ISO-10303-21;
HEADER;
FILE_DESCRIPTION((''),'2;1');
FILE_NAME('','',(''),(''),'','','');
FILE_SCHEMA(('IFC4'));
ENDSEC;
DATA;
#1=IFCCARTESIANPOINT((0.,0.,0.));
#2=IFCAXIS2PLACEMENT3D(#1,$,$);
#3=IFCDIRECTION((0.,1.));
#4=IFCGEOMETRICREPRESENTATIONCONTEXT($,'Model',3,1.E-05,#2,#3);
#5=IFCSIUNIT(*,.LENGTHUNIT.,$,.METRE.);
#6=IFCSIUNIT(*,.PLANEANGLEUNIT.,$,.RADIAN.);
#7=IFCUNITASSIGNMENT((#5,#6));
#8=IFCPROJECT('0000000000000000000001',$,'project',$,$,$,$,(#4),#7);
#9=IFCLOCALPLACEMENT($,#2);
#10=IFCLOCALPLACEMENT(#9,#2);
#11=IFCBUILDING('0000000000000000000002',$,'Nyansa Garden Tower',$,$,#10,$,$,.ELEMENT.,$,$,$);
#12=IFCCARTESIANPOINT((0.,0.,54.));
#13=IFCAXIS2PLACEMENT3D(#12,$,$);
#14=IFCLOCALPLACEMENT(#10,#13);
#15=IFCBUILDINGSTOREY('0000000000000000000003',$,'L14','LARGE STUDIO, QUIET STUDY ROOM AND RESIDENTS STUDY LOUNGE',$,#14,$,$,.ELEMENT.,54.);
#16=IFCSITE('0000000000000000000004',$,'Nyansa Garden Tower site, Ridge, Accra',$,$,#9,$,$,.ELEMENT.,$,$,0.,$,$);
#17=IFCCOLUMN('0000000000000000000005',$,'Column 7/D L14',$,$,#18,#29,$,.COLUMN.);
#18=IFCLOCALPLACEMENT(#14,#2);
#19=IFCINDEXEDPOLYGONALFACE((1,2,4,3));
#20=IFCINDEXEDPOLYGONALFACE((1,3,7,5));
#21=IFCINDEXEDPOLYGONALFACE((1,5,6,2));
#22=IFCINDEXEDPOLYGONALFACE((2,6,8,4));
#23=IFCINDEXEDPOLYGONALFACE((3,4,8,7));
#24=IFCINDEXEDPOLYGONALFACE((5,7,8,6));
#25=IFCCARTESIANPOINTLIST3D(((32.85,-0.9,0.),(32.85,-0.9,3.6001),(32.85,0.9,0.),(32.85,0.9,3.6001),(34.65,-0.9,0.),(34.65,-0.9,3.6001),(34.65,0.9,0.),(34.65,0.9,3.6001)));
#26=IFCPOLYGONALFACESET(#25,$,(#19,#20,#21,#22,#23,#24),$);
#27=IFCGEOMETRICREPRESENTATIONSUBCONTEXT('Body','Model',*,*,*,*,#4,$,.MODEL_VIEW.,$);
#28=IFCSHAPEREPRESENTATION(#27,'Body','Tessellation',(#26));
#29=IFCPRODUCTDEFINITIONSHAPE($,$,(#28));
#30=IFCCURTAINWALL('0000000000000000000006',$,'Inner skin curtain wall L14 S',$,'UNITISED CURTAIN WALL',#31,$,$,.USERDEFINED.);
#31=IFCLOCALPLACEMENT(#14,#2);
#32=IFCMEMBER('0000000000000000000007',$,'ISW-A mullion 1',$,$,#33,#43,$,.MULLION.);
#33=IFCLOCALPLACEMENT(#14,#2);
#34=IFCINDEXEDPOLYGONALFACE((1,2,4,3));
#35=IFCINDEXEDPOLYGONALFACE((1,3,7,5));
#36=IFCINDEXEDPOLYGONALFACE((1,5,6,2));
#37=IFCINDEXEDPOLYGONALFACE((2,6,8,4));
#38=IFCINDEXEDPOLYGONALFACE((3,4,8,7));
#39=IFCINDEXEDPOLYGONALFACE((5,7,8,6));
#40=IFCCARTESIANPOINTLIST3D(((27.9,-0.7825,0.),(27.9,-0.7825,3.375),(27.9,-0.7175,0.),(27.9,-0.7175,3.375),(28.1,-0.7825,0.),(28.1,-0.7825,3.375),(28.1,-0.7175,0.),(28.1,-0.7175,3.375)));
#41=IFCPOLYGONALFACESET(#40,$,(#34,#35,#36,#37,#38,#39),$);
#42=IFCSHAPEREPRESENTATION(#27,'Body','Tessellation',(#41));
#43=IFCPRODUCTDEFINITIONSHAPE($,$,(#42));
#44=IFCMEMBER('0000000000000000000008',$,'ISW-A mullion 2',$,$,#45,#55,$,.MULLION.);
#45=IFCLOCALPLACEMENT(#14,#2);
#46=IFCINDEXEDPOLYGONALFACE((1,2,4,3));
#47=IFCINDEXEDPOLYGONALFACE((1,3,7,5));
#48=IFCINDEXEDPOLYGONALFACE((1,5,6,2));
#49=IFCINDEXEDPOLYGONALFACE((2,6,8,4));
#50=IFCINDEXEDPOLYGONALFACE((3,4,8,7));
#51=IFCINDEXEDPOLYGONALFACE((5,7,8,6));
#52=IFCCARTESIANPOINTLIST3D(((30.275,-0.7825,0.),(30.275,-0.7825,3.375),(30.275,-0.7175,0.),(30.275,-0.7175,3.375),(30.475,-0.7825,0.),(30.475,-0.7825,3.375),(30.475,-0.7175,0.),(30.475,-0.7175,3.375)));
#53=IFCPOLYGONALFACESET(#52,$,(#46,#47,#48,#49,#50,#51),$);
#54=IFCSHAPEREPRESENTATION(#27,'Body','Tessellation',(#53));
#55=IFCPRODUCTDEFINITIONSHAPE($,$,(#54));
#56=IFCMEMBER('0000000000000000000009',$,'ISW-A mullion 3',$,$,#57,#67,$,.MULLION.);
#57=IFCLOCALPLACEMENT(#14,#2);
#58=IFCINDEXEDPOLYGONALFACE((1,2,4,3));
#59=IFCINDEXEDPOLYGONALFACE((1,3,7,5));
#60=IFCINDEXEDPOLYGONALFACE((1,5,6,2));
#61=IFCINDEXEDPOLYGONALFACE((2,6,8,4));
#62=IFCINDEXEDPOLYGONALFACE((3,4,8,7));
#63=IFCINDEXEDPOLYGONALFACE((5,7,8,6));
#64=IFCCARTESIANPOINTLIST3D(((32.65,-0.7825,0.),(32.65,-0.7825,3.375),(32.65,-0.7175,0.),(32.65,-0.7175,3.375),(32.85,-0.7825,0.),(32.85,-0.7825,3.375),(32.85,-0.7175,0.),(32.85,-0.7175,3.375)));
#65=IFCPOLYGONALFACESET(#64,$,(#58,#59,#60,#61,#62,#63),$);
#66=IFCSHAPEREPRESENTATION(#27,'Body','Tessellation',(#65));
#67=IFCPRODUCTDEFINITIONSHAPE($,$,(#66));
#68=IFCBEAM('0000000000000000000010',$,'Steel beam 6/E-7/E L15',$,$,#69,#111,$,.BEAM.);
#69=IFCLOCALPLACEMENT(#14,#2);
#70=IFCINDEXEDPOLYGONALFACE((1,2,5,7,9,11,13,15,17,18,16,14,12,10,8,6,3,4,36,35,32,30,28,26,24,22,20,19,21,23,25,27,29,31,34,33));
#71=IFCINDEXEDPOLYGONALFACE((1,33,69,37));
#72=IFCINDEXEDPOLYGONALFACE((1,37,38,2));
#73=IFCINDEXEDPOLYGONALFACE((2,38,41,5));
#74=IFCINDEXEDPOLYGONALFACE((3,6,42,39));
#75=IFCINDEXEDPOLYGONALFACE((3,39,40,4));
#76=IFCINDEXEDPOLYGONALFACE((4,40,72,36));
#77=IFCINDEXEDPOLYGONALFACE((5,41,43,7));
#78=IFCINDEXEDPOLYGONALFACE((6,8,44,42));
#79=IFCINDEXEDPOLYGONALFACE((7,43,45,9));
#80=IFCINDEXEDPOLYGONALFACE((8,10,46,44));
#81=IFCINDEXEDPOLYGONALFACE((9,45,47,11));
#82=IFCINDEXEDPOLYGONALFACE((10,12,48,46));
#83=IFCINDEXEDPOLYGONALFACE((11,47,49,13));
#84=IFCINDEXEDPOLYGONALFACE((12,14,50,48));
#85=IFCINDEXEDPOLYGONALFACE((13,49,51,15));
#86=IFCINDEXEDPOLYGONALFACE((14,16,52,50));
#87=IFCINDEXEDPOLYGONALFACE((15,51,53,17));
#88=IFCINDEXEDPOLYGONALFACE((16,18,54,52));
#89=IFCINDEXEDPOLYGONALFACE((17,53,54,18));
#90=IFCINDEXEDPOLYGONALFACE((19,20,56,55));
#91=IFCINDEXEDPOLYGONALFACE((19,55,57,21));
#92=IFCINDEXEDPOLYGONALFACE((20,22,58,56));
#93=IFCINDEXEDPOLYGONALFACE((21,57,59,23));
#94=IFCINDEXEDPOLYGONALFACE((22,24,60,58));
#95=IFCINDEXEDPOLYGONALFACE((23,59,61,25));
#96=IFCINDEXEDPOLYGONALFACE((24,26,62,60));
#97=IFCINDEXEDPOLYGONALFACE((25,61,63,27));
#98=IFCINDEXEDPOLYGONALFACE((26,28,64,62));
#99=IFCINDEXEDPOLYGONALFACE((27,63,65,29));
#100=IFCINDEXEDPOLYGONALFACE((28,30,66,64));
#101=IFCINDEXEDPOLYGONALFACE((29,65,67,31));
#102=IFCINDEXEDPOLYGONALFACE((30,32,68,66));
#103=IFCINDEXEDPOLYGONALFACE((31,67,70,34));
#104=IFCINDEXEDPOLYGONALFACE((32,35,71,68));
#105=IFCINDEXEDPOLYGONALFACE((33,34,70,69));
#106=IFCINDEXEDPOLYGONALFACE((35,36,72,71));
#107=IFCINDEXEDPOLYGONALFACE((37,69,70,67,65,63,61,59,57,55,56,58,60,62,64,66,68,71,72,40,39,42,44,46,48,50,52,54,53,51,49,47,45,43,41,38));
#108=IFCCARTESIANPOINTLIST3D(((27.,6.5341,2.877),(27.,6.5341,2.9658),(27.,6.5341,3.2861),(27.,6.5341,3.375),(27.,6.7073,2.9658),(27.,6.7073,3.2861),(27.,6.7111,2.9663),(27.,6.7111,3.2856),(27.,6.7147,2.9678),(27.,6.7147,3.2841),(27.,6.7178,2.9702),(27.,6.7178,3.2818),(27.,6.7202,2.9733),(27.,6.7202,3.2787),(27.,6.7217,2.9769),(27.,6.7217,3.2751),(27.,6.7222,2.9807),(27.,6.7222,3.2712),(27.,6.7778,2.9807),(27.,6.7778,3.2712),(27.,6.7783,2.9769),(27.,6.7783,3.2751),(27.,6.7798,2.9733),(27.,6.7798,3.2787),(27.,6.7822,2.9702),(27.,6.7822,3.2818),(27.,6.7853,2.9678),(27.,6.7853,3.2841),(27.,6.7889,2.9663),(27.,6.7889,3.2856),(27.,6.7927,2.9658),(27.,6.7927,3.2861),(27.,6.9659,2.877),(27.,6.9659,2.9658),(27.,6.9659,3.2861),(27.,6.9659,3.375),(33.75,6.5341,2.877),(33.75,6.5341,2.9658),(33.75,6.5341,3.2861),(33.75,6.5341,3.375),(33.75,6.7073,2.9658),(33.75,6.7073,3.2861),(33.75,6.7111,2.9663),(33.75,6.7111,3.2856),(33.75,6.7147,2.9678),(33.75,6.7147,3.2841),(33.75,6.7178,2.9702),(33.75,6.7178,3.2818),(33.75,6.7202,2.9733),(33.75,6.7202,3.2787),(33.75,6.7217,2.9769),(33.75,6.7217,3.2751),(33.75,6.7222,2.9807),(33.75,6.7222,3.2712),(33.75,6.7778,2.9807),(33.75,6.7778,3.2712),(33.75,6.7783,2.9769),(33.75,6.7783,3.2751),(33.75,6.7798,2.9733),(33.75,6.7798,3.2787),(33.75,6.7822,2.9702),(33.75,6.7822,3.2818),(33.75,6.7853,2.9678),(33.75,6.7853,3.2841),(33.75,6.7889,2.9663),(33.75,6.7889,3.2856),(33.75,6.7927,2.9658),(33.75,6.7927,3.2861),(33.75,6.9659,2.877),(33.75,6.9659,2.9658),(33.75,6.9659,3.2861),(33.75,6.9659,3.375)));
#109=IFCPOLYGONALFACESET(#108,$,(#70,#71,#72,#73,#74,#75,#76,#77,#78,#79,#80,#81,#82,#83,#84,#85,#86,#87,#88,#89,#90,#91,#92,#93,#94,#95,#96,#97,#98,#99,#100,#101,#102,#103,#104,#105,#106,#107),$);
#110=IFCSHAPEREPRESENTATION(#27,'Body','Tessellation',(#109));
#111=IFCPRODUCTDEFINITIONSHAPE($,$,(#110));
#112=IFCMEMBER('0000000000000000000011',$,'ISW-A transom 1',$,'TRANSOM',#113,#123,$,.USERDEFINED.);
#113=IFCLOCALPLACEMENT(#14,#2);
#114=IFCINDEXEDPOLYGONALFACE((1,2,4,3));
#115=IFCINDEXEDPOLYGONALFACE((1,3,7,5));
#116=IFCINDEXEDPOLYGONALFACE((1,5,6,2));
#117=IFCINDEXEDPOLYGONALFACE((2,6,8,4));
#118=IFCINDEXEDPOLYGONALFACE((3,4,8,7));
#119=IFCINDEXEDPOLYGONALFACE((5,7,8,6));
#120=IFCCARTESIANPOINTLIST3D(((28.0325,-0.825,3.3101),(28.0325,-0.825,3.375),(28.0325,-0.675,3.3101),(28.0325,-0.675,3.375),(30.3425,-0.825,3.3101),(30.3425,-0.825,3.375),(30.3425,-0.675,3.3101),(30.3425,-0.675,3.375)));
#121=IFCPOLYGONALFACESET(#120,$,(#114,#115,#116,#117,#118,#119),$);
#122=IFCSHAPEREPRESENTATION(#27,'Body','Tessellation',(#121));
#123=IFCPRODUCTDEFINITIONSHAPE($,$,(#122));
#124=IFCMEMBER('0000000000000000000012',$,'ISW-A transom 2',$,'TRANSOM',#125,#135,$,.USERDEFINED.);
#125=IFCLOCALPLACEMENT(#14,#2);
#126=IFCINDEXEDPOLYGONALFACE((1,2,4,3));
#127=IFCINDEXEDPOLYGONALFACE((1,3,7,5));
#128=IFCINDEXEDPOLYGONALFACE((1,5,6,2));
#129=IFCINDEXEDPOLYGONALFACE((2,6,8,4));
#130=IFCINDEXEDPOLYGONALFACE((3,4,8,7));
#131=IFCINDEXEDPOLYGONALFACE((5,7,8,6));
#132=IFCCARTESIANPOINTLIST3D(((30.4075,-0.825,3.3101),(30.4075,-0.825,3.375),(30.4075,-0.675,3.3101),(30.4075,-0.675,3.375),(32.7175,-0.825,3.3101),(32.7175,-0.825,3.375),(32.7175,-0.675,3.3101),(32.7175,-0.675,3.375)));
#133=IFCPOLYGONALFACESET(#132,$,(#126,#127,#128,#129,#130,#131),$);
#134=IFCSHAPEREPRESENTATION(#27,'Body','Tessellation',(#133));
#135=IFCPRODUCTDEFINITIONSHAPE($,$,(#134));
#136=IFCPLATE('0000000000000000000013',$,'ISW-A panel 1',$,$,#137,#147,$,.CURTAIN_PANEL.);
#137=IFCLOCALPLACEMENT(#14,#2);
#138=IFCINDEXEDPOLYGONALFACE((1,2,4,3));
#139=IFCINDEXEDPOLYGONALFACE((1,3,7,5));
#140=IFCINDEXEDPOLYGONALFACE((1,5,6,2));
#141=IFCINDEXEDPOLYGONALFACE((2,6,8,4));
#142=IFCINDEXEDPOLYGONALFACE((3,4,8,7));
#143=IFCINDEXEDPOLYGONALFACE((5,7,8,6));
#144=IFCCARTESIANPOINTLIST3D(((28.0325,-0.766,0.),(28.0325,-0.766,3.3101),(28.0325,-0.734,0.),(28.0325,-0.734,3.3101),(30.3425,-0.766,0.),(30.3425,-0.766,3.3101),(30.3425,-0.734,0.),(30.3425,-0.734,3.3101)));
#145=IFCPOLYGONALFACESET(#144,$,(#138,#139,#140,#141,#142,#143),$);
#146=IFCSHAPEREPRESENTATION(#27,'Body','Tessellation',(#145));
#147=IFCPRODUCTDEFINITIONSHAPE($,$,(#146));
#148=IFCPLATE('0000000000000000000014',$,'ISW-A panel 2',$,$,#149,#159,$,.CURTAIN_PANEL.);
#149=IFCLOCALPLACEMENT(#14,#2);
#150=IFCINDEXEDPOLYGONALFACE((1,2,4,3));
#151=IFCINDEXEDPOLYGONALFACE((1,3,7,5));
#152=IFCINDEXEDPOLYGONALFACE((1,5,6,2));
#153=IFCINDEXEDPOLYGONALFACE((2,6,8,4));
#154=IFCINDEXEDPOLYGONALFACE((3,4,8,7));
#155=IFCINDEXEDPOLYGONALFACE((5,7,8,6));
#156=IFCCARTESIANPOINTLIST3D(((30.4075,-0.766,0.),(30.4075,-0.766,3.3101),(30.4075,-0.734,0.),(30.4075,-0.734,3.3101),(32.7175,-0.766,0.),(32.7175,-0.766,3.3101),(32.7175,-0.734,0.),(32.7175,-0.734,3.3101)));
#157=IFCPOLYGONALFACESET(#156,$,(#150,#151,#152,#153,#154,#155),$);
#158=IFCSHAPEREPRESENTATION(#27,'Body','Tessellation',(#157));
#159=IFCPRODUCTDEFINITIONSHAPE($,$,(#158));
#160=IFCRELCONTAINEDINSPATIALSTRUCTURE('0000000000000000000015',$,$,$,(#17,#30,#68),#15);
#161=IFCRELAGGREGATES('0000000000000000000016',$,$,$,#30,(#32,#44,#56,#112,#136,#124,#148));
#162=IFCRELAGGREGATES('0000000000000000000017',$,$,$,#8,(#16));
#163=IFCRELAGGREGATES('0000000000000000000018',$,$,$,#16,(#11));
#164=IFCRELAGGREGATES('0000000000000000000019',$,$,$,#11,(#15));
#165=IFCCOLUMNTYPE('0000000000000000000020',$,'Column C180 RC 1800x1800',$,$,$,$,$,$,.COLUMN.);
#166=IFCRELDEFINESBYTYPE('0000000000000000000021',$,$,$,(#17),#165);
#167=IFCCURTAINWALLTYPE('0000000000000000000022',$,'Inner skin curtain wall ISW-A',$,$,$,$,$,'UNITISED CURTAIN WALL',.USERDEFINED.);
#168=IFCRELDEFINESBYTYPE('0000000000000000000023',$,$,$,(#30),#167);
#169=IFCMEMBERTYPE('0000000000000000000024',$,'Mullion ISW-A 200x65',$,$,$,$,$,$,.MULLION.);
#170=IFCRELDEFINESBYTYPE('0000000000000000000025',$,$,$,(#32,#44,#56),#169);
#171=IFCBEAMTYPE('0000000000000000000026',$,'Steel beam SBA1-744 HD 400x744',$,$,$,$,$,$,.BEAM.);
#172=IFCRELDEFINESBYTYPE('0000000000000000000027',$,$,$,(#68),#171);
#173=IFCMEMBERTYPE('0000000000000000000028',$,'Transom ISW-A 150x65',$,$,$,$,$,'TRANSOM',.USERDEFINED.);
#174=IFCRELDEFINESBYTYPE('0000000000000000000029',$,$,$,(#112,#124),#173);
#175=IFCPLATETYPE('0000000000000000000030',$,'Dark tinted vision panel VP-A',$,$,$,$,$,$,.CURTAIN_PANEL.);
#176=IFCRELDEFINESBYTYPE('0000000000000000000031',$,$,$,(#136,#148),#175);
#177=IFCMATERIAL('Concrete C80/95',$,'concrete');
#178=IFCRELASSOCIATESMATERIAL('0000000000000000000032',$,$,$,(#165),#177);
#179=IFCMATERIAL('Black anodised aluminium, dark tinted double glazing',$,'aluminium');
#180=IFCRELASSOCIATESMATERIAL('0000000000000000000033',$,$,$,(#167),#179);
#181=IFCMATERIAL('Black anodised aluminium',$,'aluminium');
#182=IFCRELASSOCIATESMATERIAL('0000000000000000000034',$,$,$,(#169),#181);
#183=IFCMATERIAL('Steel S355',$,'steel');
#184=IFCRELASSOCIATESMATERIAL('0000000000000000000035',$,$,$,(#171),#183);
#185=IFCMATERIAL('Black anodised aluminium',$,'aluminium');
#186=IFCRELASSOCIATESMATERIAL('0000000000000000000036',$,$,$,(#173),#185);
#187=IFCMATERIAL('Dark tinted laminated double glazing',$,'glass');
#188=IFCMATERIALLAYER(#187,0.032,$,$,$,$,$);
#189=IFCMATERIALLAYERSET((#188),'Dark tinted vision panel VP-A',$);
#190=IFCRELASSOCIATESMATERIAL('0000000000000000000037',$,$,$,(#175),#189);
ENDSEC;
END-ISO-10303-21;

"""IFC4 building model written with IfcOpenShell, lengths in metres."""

from ifc_helpers import new_model, si_unit, direction, frame, origin, origin_2d, place, context, subcontext, project, spatial, rectangle, i_section, extrude, material, layer, layer_set, material_profile, profile_set, type_object, element, aggregate, save


model = new_model("IFC4")

# Units and contexts
model_context = context("Model", 3, precision=1e-05, world=origin(), true_north=direction((0.0, 1.0)))
body_context = subcontext(model_context, "Body", "Model", "MODEL_VIEW")
ifc_project = project(units=[si_unit("LENGTHUNIT", "METRE"), si_unit("PLANEANGLEUNIT", "RADIAN")], contexts=[model_context])

# Site, building, storey
site_placement = place(None, origin())
site = spatial("IfcSite", under=ifc_project, at=site_placement, Name="Nyansa Garden Tower site, Ridge, Accra", CompositionType="ELEMENT", RefElevation=0.0)
building_placement = place(site_placement, origin())
building = spatial("IfcBuilding", under=site, at=building_placement, Name="Nyansa Garden Tower", CompositionType="ELEMENT")
storey_placement = place(building_placement, frame((0.0, 0.0, 54.0)))
storey = spatial("IfcBuildingStorey", under=building, at=storey_placement, Name="L14", Description="LARGE STUDIO, QUIET STUDY ROOM AND RESIDENTS STUDY LOUNGE", CompositionType="ELEMENT", Elevation=54.0)

# Column
ifc_material_1 = material(Name="Concrete C80/95", Category="concrete")
ifc_material_profile_1 = material_profile(ifc_material_1, rectangle(XDim=1.8, YDim=1.8, at=origin_2d()), Name="RC 1800x1800")
ifc_profile_set_1 = profile_set([ifc_material_profile_1], Name="Concrete C80/95")
column_type = type_object("IfcColumnType", Name="Column C180 RC 1800x1800", PredefinedType="COLUMN", material=ifc_profile_set_1)
column_placement = place(storey_placement, frame((33.75, 0.0, 0.0), z_axis=(0.0, 0.0, 1.0), x_axis=(1.0, 0.0, 0.0)))
element("IfcColumn", 1, at=column_placement, inside=storey, type_object=column_type, Name="Column 7/D L14", PredefinedType="COLUMN", context=body_context, shape_type="SweptSolid", body=[
    extrude(rectangle(XDim=1.8, YDim=1.8, at=origin_2d()), origin(), (0.0, 0.0, 1.0), 3.6001),
])

# Curtain wall, members
ifc_material_2 = material(Name="Black anodised aluminium, dark tinted double glazing", Category="aluminium")
curtain_wall_type = type_object("IfcCurtainWallType", Name="Inner skin curtain wall ISW-A", ElementType="UNITISED CURTAIN WALL", PredefinedType="USERDEFINED", material=ifc_material_2)
curtain_wall_placement = place(storey_placement, origin())
curtain_wall = element("IfcCurtainWall", 2, at=curtain_wall_placement, inside=storey, type_object=curtain_wall_type, Name="Inner skin curtain wall L14 S", ObjectType="UNITISED CURTAIN WALL", PredefinedType="USERDEFINED")
ifc_material_3 = material(Name="Black anodised aluminium", Category="aluminium")
ifc_material_profile_2 = material_profile(ifc_material_3, rectangle(XDim=0.0649, YDim=0.2, at=origin_2d()), Name="Mullion 200x65")
ifc_profile_set_2 = profile_set([ifc_material_profile_2], Name="Black anodised aluminium")
member_type_1 = type_object("IfcMemberType", Name="Mullion ISW-A 200x65", PredefinedType="MULLION", material=ifc_profile_set_2)
member_1_placement = place(storey_placement, frame((28.0, -0.75, 0.0), z_axis=(0.0, 0.0, 1.0), x_axis=(0.0, 1.0, 0.0)))
member_1 = element("IfcMember", 3, at=member_1_placement, type_object=member_type_1, Name="ISW-A mullion 1", PredefinedType="MULLION", context=body_context, shape_type="SweptSolid", body=[
    extrude(rectangle(XDim=0.0649, YDim=0.2, at=origin_2d()), origin(), (0.0, 0.0, 1.0), 3.375),
])
member_2_placement = place(storey_placement, frame((30.375, -0.75, 0.0), z_axis=(0.0, 0.0, 1.0), x_axis=(0.0, 1.0, 0.0)))
member_2 = element("IfcMember", 4, at=member_2_placement, type_object=member_type_1, Name="ISW-A mullion 2", PredefinedType="MULLION", context=body_context, shape_type="SweptSolid", body=[
    extrude(rectangle(XDim=0.0649, YDim=0.2, at=origin_2d()), origin(), (0.0, 0.0, 1.0), 3.375),
])
member_3_placement = place(storey_placement, frame((32.75, -0.75, 0.0), z_axis=(0.0, 0.0, 1.0), x_axis=(0.0, 1.0, 0.0)))
member_3 = element("IfcMember", 5, at=member_3_placement, type_object=member_type_1, Name="ISW-A mullion 3", PredefinedType="MULLION", context=body_context, shape_type="SweptSolid", body=[
    extrude(rectangle(XDim=0.0649, YDim=0.2, at=origin_2d()), origin(), (0.0, 0.0, 1.0), 3.375),
])

# Beam
ifc_material_4 = material(Name="Steel S355", Category="steel")
ifc_material_profile_3 = material_profile(ifc_material_4, i_section(OverallWidth=0.4319, OverallDepth=0.498, WebThickness=0.0557, FlangeThickness=0.0889, FilletRadius=0.0149, at=origin_2d()), Name="HD 400x744")
ifc_profile_set_3 = profile_set([ifc_material_profile_3], Name="Steel S355")
beam_type = type_object("IfcBeamType", Name="Steel beam SBA1-744 HD 400x744", PredefinedType="BEAM", material=ifc_profile_set_3)
beam_placement = place(storey_placement, frame((27.0, 6.75, 3.126), z_axis=(1.0, 0.0, 0.0), x_axis=(0.0, 1.0, 0.0)))
element("IfcBeam", 6, at=beam_placement, inside=storey, type_object=beam_type, Name="Steel beam 6/E-7/E L15", PredefinedType="BEAM", context=body_context, shape_type="SweptSolid", body=[
    extrude(i_section(OverallWidth=0.4319, OverallDepth=0.498, WebThickness=0.0557, FlangeThickness=0.0889, FilletRadius=0.0149, at=origin_2d()), origin(), (0.0, 0.0, 1.0), 6.75),
])

# Members
ifc_material_5 = material(Name="Black anodised aluminium", Category="aluminium")
ifc_material_profile_4 = material_profile(ifc_material_5, rectangle(XDim=0.1499, YDim=0.0649, at=origin_2d()), Name="Transom 150x65")
ifc_profile_set_4 = profile_set([ifc_material_profile_4], Name="Black anodised aluminium")
member_type_2 = type_object("IfcMemberType", Name="Transom ISW-A 150x65", ElementType="TRANSOM", PredefinedType="USERDEFINED", material=ifc_profile_set_4)
member_4_placement = place(storey_placement, frame((28.0325, -0.75, 3.3425), z_axis=(1.0, 0.0, 0.0), x_axis=(0.0, 1.0, 0.0)))
member_4 = element("IfcMember", 7, at=member_4_placement, type_object=member_type_2, Name="ISW-A transom 1", ObjectType="TRANSOM", PredefinedType="USERDEFINED", context=body_context, shape_type="SweptSolid", body=[
    extrude(rectangle(XDim=0.1499, YDim=0.0649, at=origin_2d()), origin(), (0.0, 0.0, 1.0), 2.3101),
])
member_5_placement = place(storey_placement, frame((30.4075, -0.75, 3.3425), z_axis=(1.0, 0.0, 0.0), x_axis=(0.0, 1.0, 0.0)))
member_5 = element("IfcMember", 8, at=member_5_placement, type_object=member_type_2, Name="ISW-A transom 2", ObjectType="TRANSOM", PredefinedType="USERDEFINED", context=body_context, shape_type="SweptSolid", body=[
    extrude(rectangle(XDim=0.1499, YDim=0.0649, at=origin_2d()), origin(), (0.0, 0.0, 1.0), 2.3101),
])

# Plates
ifc_material_6 = material(Name="Dark tinted laminated double glazing", Category="glass")
ifc_layer_1 = layer(ifc_material_6, 0.032)
ifc_layer_set_1 = layer_set([ifc_layer_1], Name="Dark tinted vision panel VP-A")
plate_type = type_object("IfcPlateType", Name="Dark tinted vision panel VP-A", PredefinedType="CURTAIN_PANEL", material=ifc_layer_set_1)
plate_1_placement = place(storey_placement, frame((29.1875, -0.75, 0.0), z_axis=(0.0, 0.0, 1.0), x_axis=(1.0, 0.0, 0.0)))
plate_1 = element("IfcPlate", 9, at=plate_1_placement, type_object=plate_type, Name="ISW-A panel 1", PredefinedType="CURTAIN_PANEL", context=body_context, shape_type="SweptSolid", body=[
    extrude(rectangle(XDim=2.3101, YDim=0.032, at=origin_2d()), origin(), (0.0, 0.0, 1.0), 3.3101),
])
plate_2_placement = place(storey_placement, frame((31.5625, -0.75, 0.0), z_axis=(0.0, 0.0, 1.0), x_axis=(1.0, 0.0, 0.0)))
plate_2 = element("IfcPlate", 10, at=plate_2_placement, type_object=plate_type, Name="ISW-A panel 2", PredefinedType="CURTAIN_PANEL", context=body_context, shape_type="SweptSolid", body=[
    extrude(rectangle(XDim=2.3101, YDim=0.032, at=origin_2d()), origin(), (0.0, 0.0, 1.0), 3.3101),
])
aggregate(curtain_wall, [member_1, member_2, member_3, member_4, plate_1, member_5, plate_2])

save(model, "model.ifc")
